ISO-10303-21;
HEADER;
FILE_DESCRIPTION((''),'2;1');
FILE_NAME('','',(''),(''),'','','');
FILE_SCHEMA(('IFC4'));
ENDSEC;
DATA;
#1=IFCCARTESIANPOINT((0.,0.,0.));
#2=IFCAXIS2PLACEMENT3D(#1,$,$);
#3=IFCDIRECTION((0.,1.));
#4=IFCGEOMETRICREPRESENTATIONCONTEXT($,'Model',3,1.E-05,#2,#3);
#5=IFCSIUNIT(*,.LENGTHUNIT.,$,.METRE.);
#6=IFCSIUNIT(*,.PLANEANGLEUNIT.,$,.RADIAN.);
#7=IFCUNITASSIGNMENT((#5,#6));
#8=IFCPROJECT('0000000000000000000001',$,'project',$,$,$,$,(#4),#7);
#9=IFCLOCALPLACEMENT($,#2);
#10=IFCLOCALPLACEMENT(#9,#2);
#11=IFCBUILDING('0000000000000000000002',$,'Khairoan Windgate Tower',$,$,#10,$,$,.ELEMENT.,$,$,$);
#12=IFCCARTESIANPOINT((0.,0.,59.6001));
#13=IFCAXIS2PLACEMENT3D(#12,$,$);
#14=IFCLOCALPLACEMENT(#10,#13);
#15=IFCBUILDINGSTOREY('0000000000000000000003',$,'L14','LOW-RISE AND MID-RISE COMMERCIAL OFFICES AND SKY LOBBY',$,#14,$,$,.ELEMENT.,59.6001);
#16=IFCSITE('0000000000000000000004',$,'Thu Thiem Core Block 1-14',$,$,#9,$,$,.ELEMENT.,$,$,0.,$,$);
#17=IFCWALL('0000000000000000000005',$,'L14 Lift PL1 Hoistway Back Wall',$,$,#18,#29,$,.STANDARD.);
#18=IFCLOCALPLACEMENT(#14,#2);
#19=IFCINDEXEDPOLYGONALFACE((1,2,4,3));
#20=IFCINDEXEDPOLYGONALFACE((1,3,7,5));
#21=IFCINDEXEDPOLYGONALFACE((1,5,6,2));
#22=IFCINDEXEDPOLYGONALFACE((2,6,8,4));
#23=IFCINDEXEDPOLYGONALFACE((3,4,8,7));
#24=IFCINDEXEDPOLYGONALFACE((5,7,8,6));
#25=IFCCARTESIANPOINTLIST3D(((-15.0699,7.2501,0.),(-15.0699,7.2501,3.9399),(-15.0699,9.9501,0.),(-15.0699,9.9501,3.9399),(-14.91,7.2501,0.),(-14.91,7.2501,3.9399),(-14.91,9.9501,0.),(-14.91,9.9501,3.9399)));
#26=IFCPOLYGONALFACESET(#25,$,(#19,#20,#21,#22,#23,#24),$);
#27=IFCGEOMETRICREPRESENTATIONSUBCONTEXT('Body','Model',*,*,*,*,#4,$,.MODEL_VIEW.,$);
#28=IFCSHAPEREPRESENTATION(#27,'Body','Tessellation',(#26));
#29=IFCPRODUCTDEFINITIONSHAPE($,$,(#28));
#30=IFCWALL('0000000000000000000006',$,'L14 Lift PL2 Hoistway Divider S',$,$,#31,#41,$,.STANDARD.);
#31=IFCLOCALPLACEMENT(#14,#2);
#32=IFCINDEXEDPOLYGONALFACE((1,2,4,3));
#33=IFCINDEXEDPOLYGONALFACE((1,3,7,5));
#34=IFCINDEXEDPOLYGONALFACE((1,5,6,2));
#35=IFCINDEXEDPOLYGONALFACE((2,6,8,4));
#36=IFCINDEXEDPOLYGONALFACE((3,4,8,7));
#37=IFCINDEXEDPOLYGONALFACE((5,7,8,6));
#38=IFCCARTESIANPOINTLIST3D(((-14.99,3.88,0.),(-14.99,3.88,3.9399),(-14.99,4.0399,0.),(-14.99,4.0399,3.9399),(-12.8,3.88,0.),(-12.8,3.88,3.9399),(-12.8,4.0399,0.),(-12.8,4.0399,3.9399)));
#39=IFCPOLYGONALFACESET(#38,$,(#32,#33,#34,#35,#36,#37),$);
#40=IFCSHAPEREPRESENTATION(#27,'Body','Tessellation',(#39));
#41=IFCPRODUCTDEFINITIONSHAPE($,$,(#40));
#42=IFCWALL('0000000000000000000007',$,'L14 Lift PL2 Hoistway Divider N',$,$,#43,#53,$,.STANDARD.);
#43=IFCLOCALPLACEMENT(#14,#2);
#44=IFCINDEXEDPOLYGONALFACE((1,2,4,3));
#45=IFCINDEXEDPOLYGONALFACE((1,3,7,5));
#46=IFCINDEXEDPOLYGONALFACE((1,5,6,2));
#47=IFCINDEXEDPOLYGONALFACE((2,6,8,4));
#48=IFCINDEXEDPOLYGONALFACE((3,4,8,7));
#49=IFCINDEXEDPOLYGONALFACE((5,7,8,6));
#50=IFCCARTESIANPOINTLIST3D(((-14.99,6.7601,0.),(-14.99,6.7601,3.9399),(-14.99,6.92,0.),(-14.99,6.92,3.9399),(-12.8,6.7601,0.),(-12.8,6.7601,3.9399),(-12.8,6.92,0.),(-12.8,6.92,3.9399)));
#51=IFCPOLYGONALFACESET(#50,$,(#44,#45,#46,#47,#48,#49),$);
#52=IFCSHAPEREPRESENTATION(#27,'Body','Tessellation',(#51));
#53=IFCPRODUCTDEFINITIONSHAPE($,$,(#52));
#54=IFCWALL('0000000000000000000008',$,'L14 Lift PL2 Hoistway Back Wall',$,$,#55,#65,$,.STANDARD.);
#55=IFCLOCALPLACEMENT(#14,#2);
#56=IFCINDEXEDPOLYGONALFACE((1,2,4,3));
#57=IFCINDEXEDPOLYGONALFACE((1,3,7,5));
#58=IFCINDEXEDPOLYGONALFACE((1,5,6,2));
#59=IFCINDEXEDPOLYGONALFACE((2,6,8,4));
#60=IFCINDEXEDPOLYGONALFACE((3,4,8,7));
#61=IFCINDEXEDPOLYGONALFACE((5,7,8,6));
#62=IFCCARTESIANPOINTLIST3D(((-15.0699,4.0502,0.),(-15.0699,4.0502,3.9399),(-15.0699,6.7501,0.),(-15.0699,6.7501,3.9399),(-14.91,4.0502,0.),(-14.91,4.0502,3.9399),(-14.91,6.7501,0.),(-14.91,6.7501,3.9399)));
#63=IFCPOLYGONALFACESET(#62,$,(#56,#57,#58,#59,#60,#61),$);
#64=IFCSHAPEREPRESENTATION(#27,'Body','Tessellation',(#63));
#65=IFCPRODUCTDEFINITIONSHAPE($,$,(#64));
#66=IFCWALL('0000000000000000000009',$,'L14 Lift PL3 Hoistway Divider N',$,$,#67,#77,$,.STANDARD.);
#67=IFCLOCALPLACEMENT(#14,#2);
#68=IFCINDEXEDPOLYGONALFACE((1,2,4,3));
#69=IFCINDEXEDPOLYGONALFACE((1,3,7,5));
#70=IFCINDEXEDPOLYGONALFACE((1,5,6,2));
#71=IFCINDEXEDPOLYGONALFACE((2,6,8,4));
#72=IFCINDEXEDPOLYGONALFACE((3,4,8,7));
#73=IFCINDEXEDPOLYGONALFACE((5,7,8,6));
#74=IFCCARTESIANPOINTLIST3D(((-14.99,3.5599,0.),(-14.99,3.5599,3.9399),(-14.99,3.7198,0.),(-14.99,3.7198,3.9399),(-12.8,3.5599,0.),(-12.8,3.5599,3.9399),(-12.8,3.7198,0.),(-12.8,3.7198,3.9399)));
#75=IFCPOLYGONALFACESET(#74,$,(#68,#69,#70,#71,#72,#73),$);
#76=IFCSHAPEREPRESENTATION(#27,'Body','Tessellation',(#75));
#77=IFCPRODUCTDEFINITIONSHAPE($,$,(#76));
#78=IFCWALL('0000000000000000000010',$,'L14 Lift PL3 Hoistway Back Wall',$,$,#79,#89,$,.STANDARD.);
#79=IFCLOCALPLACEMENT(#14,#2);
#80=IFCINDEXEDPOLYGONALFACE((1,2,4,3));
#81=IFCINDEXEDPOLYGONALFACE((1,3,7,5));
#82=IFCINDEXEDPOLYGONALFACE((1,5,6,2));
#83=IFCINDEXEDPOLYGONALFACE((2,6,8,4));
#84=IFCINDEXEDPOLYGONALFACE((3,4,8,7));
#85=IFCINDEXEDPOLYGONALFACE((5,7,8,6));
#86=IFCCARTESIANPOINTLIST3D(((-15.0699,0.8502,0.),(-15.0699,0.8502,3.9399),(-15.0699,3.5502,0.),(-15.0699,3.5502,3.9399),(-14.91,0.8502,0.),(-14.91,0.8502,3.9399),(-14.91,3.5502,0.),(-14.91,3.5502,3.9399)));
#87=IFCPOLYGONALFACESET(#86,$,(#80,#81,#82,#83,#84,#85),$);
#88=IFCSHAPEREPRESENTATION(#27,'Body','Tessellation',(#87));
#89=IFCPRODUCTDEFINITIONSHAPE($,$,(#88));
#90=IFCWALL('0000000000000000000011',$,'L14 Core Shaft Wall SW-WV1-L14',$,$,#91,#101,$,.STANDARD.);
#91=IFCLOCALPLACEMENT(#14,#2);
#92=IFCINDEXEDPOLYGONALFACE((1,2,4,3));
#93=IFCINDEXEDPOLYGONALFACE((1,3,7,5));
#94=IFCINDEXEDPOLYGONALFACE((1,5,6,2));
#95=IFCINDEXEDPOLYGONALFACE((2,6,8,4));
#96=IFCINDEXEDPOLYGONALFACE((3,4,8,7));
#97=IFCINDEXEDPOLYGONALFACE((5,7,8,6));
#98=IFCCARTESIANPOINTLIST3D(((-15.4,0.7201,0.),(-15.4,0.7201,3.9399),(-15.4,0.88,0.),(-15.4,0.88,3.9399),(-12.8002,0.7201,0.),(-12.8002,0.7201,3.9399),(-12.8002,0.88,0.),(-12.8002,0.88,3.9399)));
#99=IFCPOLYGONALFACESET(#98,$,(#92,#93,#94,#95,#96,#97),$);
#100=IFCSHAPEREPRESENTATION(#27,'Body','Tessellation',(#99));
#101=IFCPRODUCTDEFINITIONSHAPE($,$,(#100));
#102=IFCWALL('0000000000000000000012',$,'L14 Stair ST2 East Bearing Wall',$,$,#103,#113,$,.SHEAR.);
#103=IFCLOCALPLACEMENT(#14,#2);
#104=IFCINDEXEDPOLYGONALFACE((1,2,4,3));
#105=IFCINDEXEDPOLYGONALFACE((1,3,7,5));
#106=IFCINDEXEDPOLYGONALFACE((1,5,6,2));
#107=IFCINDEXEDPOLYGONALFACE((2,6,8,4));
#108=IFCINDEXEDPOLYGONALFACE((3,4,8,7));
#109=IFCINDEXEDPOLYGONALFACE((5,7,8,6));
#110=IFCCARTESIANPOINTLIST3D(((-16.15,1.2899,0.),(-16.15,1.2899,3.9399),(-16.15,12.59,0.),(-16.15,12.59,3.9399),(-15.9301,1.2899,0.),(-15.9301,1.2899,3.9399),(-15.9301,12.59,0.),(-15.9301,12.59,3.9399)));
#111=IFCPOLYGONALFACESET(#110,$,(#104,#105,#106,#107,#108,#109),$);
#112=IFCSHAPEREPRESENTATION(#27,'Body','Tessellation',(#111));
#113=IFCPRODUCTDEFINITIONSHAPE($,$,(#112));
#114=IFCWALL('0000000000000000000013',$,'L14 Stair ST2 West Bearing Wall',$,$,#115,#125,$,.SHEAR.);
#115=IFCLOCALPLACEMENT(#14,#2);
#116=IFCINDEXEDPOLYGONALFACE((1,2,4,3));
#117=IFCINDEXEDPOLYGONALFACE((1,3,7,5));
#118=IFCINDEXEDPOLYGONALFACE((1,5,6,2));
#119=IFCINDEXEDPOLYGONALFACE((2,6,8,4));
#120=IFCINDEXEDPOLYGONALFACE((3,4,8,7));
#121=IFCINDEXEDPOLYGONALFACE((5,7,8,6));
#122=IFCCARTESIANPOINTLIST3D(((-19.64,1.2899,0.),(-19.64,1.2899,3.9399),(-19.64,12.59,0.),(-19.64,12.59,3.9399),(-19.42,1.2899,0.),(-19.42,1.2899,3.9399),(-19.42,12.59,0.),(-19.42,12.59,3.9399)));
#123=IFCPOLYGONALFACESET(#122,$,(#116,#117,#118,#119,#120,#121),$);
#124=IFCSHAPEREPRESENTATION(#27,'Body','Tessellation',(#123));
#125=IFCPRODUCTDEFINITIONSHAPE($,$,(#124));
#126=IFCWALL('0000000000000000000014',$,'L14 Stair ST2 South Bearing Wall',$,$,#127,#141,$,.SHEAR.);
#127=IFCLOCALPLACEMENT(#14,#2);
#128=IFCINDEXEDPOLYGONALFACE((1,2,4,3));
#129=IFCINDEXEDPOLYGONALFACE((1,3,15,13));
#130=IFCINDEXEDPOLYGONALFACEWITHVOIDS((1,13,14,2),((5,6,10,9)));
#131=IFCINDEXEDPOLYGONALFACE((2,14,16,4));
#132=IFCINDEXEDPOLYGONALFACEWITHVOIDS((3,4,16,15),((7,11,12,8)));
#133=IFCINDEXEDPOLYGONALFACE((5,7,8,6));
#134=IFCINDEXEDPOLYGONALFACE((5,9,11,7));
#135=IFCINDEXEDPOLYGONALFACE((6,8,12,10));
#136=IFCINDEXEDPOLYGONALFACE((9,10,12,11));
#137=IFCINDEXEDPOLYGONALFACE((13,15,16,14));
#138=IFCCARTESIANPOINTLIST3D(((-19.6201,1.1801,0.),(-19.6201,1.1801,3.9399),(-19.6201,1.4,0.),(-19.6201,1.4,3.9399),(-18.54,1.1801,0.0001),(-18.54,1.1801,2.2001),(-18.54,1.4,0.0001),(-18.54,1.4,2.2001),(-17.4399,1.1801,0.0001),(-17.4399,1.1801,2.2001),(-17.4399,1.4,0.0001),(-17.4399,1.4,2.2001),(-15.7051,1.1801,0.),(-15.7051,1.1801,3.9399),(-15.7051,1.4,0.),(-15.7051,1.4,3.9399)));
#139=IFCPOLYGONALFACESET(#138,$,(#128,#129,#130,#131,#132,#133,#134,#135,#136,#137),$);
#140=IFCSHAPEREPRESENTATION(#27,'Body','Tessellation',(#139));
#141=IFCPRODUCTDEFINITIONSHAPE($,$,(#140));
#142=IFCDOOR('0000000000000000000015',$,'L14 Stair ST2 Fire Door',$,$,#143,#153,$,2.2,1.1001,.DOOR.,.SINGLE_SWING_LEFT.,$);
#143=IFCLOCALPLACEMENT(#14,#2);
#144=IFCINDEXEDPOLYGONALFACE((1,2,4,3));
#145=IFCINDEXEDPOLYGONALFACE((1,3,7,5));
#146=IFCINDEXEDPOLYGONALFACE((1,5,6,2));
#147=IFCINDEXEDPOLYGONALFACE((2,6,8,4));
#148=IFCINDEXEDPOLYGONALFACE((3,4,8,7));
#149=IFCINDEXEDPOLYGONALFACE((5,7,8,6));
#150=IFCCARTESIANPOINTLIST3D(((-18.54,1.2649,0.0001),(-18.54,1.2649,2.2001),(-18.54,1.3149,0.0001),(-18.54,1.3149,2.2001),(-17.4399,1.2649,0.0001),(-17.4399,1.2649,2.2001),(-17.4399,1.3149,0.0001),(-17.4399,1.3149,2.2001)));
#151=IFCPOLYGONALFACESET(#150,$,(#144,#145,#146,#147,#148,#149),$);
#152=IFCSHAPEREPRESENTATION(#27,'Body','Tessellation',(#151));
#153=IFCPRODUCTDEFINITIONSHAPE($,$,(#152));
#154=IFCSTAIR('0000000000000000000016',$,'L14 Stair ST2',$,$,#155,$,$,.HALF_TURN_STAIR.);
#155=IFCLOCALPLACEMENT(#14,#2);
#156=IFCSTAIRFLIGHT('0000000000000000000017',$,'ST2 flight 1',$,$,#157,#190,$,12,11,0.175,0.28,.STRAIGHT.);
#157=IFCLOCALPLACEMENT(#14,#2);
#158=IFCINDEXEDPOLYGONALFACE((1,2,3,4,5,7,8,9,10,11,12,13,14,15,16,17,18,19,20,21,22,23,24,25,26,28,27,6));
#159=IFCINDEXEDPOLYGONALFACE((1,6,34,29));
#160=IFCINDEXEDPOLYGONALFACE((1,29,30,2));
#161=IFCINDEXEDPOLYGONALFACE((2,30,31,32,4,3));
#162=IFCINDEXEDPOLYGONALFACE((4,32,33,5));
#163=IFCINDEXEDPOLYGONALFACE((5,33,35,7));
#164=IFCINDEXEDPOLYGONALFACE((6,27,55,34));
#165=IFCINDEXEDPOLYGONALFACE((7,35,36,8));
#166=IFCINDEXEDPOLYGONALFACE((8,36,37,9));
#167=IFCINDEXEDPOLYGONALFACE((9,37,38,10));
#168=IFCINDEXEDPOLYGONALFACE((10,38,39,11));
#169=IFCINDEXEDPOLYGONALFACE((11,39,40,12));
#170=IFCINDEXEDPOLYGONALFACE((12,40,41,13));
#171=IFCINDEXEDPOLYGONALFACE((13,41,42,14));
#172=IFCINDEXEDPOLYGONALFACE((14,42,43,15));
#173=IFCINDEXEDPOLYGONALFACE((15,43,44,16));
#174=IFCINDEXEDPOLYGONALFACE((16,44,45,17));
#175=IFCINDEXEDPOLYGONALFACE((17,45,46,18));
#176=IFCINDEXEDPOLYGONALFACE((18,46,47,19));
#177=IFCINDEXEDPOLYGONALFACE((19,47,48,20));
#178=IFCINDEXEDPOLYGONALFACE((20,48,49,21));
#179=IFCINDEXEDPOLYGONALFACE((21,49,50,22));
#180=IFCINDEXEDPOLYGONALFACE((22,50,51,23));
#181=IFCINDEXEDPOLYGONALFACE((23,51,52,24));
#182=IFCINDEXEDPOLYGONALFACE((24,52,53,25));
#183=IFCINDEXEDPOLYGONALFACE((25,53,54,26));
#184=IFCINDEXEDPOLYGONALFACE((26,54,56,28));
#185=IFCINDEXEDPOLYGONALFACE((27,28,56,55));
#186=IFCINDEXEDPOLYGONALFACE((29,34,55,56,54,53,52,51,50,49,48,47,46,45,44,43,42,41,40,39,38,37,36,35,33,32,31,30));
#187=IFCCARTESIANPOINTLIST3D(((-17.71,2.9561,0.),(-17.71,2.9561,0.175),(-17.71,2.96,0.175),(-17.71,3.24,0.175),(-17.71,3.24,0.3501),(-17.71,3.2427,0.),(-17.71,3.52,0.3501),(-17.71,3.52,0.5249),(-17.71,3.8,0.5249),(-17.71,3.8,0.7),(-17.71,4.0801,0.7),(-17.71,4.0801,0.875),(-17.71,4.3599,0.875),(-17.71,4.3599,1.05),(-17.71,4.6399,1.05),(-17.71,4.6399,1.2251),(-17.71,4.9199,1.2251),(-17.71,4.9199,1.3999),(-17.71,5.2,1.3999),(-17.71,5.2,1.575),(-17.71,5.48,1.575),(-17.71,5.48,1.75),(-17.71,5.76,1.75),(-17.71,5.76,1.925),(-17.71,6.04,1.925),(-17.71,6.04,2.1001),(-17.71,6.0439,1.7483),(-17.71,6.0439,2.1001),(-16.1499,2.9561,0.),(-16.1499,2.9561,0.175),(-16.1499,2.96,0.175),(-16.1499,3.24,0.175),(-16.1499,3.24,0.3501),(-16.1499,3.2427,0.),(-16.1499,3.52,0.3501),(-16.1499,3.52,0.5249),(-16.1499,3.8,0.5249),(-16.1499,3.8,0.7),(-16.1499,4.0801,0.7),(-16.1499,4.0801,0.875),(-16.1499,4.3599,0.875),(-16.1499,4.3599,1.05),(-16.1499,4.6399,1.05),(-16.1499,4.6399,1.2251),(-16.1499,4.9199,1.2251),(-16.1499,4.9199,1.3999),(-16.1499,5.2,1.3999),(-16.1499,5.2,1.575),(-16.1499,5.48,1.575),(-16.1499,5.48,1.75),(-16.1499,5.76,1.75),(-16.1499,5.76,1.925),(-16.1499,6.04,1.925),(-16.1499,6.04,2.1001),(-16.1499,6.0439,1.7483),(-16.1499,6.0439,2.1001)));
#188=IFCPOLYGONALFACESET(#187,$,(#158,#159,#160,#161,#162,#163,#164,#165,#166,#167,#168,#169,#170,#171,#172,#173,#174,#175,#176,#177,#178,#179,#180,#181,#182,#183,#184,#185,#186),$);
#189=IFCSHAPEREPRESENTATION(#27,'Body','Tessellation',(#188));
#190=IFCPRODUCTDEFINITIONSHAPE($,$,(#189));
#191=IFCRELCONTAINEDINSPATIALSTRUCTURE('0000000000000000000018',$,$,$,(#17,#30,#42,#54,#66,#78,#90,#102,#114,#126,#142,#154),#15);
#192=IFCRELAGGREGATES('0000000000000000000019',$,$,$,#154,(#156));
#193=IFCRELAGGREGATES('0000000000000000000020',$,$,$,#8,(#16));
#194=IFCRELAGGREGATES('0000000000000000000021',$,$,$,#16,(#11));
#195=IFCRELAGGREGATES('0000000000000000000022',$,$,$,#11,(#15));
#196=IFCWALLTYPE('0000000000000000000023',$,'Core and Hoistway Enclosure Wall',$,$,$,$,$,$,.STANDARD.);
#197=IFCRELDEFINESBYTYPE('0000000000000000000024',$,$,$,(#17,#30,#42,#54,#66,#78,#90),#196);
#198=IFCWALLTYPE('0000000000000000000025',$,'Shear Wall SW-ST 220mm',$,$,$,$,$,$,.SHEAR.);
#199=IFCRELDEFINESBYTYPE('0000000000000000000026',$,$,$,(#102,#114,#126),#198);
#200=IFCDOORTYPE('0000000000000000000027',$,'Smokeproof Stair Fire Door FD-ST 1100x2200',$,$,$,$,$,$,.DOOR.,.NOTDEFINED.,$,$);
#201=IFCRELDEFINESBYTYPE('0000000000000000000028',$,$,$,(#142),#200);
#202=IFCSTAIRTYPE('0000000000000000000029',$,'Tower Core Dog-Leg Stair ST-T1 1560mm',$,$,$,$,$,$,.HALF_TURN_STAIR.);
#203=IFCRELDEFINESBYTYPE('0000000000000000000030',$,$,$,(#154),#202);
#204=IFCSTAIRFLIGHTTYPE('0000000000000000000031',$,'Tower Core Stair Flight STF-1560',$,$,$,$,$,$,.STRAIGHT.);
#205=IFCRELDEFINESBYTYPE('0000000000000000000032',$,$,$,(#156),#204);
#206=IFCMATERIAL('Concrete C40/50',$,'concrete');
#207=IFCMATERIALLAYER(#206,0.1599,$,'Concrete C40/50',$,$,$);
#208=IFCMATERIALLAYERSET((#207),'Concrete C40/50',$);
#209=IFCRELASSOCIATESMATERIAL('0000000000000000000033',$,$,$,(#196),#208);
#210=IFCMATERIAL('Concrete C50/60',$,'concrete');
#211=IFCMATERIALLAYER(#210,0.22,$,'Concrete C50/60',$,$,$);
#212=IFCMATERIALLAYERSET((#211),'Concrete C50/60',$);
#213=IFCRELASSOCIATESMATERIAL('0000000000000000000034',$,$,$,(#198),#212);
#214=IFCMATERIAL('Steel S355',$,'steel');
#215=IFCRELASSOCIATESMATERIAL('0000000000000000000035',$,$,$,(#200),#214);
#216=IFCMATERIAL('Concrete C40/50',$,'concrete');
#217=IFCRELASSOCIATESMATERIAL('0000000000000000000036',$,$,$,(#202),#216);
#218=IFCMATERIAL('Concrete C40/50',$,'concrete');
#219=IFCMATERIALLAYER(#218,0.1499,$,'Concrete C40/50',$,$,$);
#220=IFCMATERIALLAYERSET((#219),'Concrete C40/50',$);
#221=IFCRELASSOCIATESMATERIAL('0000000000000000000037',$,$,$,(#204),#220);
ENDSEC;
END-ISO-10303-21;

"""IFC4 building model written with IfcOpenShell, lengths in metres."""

from ifc_helpers import new_model, si_unit, direction, frame, frame_2d, origin, place, context, subcontext, project, spatial, polyline, rectangle, outline, extrude, material, layer, layer_set, type_object, element, fill, aggregate, save


model = new_model("IFC4")

# Units and contexts
model_context = context("Model", 3, precision=1e-05, world=origin(), true_north=direction((0.0, 1.0)))
body_context = subcontext(model_context, "Body", "Model", "MODEL_VIEW")
ifc_project = project(units=[si_unit("LENGTHUNIT", "METRE"), si_unit("PLANEANGLEUNIT", "RADIAN")], contexts=[model_context])

# Site, building, storey
site_placement = place(None, origin())
site = spatial("IfcSite", under=ifc_project, at=site_placement, Name="Thu Thiem Core Block 1-14", CompositionType="ELEMENT", RefElevation=0.0)
building_placement = place(site_placement, origin())
building = spatial("IfcBuilding", under=site, at=building_placement, Name="Khairoan Windgate Tower", CompositionType="ELEMENT")
storey_placement = place(building_placement, frame((0.0, 0.0, 59.6001)))
storey = spatial("IfcBuildingStorey", under=building, at=storey_placement, Name="L14", Description="LOW-RISE AND MID-RISE COMMERCIAL OFFICES AND SKY LOBBY", CompositionType="ELEMENT", Elevation=59.6001)

# Walls
ifc_material_1 = material(Name="Concrete C40/50", Category="concrete")
ifc_layer_1 = layer(ifc_material_1, 0.1599, Name="Concrete C40/50")
ifc_layer_set_1 = layer_set([ifc_layer_1], Name="Concrete C40/50")
wall_type_1 = type_object("IfcWallType", Name="Core and Hoistway Enclosure Wall", PredefinedType="STANDARD", material=ifc_layer_set_1)
wall_1_placement = place(storey_placement, frame((-14.99, 7.25, 0.0), z_axis=(0.0, 0.0, 1.0), x_axis=(0.0, 1.0, 0.0)))
element("IfcWall", 1, at=wall_1_placement, inside=storey, type_object=wall_type_1, Name="L14 Lift PL1 Hoistway Back Wall", PredefinedType="STANDARD", context=body_context, shape_type="SweptSolid", body=[
    extrude(rectangle(XDim=2.7, YDim=0.1599, at=frame_2d((1.3501, 0.0))), origin(), (0.0, 0.0, 1.0), 3.9399),
])
for number, where, z_axis, x_axis, name in (
    (2, (-14.99, 3.96, 0.0), (0.0, 0.0, 1.0), (1.0, 0.0, 0.0), "L14 Lift PL2 Hoistway Divider S"),
    (3, (-14.99, 6.8401, 0.0), (0.0, 0.0, 1.0), (1.0, 0.0, 0.0), "L14 Lift PL2 Hoistway Divider N"),
):
    element("IfcWall", number, at=place(storey_placement, frame(where, z_axis=z_axis, x_axis=x_axis)), inside=storey, type_object=wall_type_1, Name=name, PredefinedType="STANDARD", context=body_context, shape_type="SweptSolid", body=[
        extrude(rectangle(XDim=2.1899, YDim=0.1599, at=frame_2d((1.095, 0.0))), origin(), (0.0, 0.0, 1.0), 3.9399),
    ])
wall_2_placement = place(storey_placement, frame((-14.99, 4.05, 0.0), z_axis=(0.0, 0.0, 1.0), x_axis=(0.0, 1.0, 0.0)))
element("IfcWall", 4, at=wall_2_placement, inside=storey, type_object=wall_type_1, Name="L14 Lift PL2 Hoistway Back Wall", PredefinedType="STANDARD", context=body_context, shape_type="SweptSolid", body=[
    extrude(rectangle(XDim=2.7, YDim=0.1599, at=frame_2d((1.3501, 0.0))), origin(), (0.0, 0.0, 1.0), 3.9399),
])
wall_3_placement = place(storey_placement, frame((-14.99, 3.6399, 0.0), z_axis=(0.0, 0.0, 1.0), x_axis=(1.0, 0.0, 0.0)))
element("IfcWall", 5, at=wall_3_placement, inside=storey, type_object=wall_type_1, Name="L14 Lift PL3 Hoistway Divider N", PredefinedType="STANDARD", context=body_context, shape_type="SweptSolid", body=[
    extrude(rectangle(XDim=2.1899, YDim=0.1599, at=frame_2d((1.095, 0.0))), origin(), (0.0, 0.0, 1.0), 3.9399),
])
wall_4_placement = place(storey_placement, frame((-14.99, 0.8501, 0.0), z_axis=(0.0, 0.0, 1.0), x_axis=(0.0, 1.0, 0.0)))
element("IfcWall", 6, at=wall_4_placement, inside=storey, type_object=wall_type_1, Name="L14 Lift PL3 Hoistway Back Wall", PredefinedType="STANDARD", context=body_context, shape_type="SweptSolid", body=[
    extrude(rectangle(XDim=2.7, YDim=0.1599, at=frame_2d((1.3501, 0.0))), origin(), (0.0, 0.0, 1.0), 3.9399),
])
wall_5_placement = place(storey_placement, frame((-15.3999, 0.8, 0.0), z_axis=(0.0, 0.0, 1.0), x_axis=(1.0, 0.0, 0.0)))
element("IfcWall", 7, at=wall_5_placement, inside=storey, type_object=wall_type_1, Name="L14 Core Shaft Wall SW-WV1-L14", PredefinedType="STANDARD", context=body_context, shape_type="SweptSolid", body=[
    extrude(rectangle(XDim=2.5999, YDim=0.1599, at=frame_2d((1.2998, 0.0))), origin(), (0.0, 0.0, 1.0), 3.9399),
])
ifc_material_2 = material(Name="Concrete C50/60", Category="concrete")
ifc_layer_2 = layer(ifc_material_2, 0.22, Name="Concrete C50/60")
ifc_layer_set_2 = layer_set([ifc_layer_2], Name="Concrete C50/60")
wall_type_2 = type_object("IfcWallType", Name="Shear Wall SW-ST 220mm", PredefinedType="SHEAR", material=ifc_layer_set_2)
for number, where, z_axis, x_axis, name in (
    (8, (-16.04, 1.29, 0.0), (0.0, 0.0, 1.0), (0.0, 1.0, 0.0), "L14 Stair ST2 East Bearing Wall"),
    (9, (-19.53, 1.29, 0.0), (0.0, 0.0, 1.0), (0.0, 1.0, 0.0), "L14 Stair ST2 West Bearing Wall"),
):
    element("IfcWall", number, at=place(storey_placement, frame(where, z_axis=z_axis, x_axis=x_axis)), inside=storey, type_object=wall_type_2, Name=name, PredefinedType="SHEAR", context=body_context, shape_type="SweptSolid", body=[
        extrude(rectangle(XDim=11.3, YDim=0.22, at=frame_2d((5.6499, 0.0))), origin(), (0.0, 0.0, 1.0), 3.9399),
    ])

# Wall, opening, door
wall_6_placement = place(storey_placement, frame((-19.6201, 1.29, 0.0), z_axis=(0.0, 0.0, 1.0), x_axis=(1.0, 0.0, 0.0)))
wall_6 = element("IfcWall", 10, at=wall_6_placement, inside=storey, type_object=wall_type_2, Name="L14 Stair ST2 South Bearing Wall", PredefinedType="SHEAR", context=body_context, shape_type="SweptSolid", body=[
    extrude(rectangle(XDim=3.915, YDim=0.22, at=frame_2d((1.9575, 0.0))), origin(), (0.0, 0.0, 1.0), 3.9399),
])
opening_placement = place(wall_6_placement, frame((1.0801, 0.0, 0.0)))
opening = element("IfcOpeningElement", 11, at=opening_placement, cuts=wall_6, PredefinedType="OPENING", context=body_context, shape_type="SweptSolid", body=[
    extrude(rectangle(XDim=1.1001, YDim=2.2, at=frame_2d((0.55, 1.1001))), frame((0.0, 0.1199, 0.0), z_axis=(0.0, -1.0, 0.0), x_axis=(1.0, 0.0, 0.0)), (0.0, 0.0, 1.0), 0.24),
])
ifc_material_3 = material(Name="Steel S355", Category="steel")
door_type = type_object("IfcDoorType", Name="Smokeproof Stair Fire Door FD-ST 1100x2200", OperationType="NOTDEFINED", PredefinedType="DOOR", material=ifc_material_3)
door_placement = place(opening_placement, origin())
door = element("IfcDoor", 12, at=door_placement, inside=storey, type_object=door_type, Name="L14 Stair ST2 Fire Door", OperationType="SINGLE_SWING_LEFT", OverallHeight=2.2, OverallWidth=1.1001, PredefinedType="DOOR", context=body_context, shape_type="SweptSolid", body=[
    extrude(rectangle(XDim=1.1001, YDim=2.2, at=frame_2d((0.55, 1.1001))), frame((0.0, 0.0249, 0.0), z_axis=(0.0, -1.0, 0.0), x_axis=(1.0, 0.0, 0.0)), (0.0, 0.0, 1.0), 0.05),
])
fill(opening, door)

# Stair, stair flight
ifc_material_4 = material(Name="Concrete C40/50", Category="concrete")
stair_type = type_object("IfcStairType", Name="Tower Core Dog-Leg Stair ST-T1 1560mm", PredefinedType="HALF_TURN_STAIR", material=ifc_material_4)
stair_placement = place(storey_placement, origin())
stair = element("IfcStair", 13, at=stair_placement, inside=storey, type_object=stair_type, Name="L14 Stair ST2", PredefinedType="HALF_TURN_STAIR")
ifc_material_5 = material(Name="Concrete C40/50", Category="concrete")
ifc_layer_3 = layer(ifc_material_5, 0.1499, Name="Concrete C40/50")
ifc_layer_set_3 = layer_set([ifc_layer_3], Name="Concrete C40/50")
stair_flight_type = type_object("IfcStairFlightType", Name="Tower Core Stair Flight STF-1560", PredefinedType="STRAIGHT", material=ifc_layer_set_3)
stair_flight_1_placement = place(storey_placement, frame((-16.9299, 2.96, 0.0), z_axis=(0.0, 0.0, 1.0), x_axis=(0.0, 1.0, 0.0)))
stair_flight_1 = element("IfcStairFlight", 14, at=stair_flight_1_placement, type_object=stair_flight_type, Name="ST2 flight 1", NumberOfRisers=12, NumberOfTreads=11, PredefinedType="STRAIGHT", RiserHeight=0.175, TreadLength=0.28, context=body_context, shape_type="SweptSolid", body=[
    extrude(outline(polyline([(-0.0039, 0.0), (-0.0039, 0.175), (0.0, 0.175), (0.28, 0.175), (0.28, 0.3501), (0.5601, 0.3501), (0.5601, 0.5249), (0.8401, 0.5249), (0.8401, 0.7), (1.1201, 0.7), (1.1201, 0.875), (1.3999, 0.875), (1.3999, 1.05), (1.6799, 1.05), (1.6799, 1.2251), (1.96, 1.2251), (1.96, 1.3999), (2.24, 1.3999), (2.24, 1.575), (2.52, 1.575), (2.52, 1.75), (2.8, 1.75), (2.8, 1.925), (3.0801, 1.925), (3.0801, 2.1001), (3.084, 2.1001), (3.084, 1.7483), (0.2827, 0.0), (-0.0039, 0.0)])), frame((0.0, 0.78, 0.0), z_axis=(0.0, -1.0, 0.0), x_axis=(1.0, 0.0, 0.0)), (0.0, 0.0, 1.0), 1.5601),
])
aggregate(stair, [stair_flight_1])

save(model, "model.ifc")
